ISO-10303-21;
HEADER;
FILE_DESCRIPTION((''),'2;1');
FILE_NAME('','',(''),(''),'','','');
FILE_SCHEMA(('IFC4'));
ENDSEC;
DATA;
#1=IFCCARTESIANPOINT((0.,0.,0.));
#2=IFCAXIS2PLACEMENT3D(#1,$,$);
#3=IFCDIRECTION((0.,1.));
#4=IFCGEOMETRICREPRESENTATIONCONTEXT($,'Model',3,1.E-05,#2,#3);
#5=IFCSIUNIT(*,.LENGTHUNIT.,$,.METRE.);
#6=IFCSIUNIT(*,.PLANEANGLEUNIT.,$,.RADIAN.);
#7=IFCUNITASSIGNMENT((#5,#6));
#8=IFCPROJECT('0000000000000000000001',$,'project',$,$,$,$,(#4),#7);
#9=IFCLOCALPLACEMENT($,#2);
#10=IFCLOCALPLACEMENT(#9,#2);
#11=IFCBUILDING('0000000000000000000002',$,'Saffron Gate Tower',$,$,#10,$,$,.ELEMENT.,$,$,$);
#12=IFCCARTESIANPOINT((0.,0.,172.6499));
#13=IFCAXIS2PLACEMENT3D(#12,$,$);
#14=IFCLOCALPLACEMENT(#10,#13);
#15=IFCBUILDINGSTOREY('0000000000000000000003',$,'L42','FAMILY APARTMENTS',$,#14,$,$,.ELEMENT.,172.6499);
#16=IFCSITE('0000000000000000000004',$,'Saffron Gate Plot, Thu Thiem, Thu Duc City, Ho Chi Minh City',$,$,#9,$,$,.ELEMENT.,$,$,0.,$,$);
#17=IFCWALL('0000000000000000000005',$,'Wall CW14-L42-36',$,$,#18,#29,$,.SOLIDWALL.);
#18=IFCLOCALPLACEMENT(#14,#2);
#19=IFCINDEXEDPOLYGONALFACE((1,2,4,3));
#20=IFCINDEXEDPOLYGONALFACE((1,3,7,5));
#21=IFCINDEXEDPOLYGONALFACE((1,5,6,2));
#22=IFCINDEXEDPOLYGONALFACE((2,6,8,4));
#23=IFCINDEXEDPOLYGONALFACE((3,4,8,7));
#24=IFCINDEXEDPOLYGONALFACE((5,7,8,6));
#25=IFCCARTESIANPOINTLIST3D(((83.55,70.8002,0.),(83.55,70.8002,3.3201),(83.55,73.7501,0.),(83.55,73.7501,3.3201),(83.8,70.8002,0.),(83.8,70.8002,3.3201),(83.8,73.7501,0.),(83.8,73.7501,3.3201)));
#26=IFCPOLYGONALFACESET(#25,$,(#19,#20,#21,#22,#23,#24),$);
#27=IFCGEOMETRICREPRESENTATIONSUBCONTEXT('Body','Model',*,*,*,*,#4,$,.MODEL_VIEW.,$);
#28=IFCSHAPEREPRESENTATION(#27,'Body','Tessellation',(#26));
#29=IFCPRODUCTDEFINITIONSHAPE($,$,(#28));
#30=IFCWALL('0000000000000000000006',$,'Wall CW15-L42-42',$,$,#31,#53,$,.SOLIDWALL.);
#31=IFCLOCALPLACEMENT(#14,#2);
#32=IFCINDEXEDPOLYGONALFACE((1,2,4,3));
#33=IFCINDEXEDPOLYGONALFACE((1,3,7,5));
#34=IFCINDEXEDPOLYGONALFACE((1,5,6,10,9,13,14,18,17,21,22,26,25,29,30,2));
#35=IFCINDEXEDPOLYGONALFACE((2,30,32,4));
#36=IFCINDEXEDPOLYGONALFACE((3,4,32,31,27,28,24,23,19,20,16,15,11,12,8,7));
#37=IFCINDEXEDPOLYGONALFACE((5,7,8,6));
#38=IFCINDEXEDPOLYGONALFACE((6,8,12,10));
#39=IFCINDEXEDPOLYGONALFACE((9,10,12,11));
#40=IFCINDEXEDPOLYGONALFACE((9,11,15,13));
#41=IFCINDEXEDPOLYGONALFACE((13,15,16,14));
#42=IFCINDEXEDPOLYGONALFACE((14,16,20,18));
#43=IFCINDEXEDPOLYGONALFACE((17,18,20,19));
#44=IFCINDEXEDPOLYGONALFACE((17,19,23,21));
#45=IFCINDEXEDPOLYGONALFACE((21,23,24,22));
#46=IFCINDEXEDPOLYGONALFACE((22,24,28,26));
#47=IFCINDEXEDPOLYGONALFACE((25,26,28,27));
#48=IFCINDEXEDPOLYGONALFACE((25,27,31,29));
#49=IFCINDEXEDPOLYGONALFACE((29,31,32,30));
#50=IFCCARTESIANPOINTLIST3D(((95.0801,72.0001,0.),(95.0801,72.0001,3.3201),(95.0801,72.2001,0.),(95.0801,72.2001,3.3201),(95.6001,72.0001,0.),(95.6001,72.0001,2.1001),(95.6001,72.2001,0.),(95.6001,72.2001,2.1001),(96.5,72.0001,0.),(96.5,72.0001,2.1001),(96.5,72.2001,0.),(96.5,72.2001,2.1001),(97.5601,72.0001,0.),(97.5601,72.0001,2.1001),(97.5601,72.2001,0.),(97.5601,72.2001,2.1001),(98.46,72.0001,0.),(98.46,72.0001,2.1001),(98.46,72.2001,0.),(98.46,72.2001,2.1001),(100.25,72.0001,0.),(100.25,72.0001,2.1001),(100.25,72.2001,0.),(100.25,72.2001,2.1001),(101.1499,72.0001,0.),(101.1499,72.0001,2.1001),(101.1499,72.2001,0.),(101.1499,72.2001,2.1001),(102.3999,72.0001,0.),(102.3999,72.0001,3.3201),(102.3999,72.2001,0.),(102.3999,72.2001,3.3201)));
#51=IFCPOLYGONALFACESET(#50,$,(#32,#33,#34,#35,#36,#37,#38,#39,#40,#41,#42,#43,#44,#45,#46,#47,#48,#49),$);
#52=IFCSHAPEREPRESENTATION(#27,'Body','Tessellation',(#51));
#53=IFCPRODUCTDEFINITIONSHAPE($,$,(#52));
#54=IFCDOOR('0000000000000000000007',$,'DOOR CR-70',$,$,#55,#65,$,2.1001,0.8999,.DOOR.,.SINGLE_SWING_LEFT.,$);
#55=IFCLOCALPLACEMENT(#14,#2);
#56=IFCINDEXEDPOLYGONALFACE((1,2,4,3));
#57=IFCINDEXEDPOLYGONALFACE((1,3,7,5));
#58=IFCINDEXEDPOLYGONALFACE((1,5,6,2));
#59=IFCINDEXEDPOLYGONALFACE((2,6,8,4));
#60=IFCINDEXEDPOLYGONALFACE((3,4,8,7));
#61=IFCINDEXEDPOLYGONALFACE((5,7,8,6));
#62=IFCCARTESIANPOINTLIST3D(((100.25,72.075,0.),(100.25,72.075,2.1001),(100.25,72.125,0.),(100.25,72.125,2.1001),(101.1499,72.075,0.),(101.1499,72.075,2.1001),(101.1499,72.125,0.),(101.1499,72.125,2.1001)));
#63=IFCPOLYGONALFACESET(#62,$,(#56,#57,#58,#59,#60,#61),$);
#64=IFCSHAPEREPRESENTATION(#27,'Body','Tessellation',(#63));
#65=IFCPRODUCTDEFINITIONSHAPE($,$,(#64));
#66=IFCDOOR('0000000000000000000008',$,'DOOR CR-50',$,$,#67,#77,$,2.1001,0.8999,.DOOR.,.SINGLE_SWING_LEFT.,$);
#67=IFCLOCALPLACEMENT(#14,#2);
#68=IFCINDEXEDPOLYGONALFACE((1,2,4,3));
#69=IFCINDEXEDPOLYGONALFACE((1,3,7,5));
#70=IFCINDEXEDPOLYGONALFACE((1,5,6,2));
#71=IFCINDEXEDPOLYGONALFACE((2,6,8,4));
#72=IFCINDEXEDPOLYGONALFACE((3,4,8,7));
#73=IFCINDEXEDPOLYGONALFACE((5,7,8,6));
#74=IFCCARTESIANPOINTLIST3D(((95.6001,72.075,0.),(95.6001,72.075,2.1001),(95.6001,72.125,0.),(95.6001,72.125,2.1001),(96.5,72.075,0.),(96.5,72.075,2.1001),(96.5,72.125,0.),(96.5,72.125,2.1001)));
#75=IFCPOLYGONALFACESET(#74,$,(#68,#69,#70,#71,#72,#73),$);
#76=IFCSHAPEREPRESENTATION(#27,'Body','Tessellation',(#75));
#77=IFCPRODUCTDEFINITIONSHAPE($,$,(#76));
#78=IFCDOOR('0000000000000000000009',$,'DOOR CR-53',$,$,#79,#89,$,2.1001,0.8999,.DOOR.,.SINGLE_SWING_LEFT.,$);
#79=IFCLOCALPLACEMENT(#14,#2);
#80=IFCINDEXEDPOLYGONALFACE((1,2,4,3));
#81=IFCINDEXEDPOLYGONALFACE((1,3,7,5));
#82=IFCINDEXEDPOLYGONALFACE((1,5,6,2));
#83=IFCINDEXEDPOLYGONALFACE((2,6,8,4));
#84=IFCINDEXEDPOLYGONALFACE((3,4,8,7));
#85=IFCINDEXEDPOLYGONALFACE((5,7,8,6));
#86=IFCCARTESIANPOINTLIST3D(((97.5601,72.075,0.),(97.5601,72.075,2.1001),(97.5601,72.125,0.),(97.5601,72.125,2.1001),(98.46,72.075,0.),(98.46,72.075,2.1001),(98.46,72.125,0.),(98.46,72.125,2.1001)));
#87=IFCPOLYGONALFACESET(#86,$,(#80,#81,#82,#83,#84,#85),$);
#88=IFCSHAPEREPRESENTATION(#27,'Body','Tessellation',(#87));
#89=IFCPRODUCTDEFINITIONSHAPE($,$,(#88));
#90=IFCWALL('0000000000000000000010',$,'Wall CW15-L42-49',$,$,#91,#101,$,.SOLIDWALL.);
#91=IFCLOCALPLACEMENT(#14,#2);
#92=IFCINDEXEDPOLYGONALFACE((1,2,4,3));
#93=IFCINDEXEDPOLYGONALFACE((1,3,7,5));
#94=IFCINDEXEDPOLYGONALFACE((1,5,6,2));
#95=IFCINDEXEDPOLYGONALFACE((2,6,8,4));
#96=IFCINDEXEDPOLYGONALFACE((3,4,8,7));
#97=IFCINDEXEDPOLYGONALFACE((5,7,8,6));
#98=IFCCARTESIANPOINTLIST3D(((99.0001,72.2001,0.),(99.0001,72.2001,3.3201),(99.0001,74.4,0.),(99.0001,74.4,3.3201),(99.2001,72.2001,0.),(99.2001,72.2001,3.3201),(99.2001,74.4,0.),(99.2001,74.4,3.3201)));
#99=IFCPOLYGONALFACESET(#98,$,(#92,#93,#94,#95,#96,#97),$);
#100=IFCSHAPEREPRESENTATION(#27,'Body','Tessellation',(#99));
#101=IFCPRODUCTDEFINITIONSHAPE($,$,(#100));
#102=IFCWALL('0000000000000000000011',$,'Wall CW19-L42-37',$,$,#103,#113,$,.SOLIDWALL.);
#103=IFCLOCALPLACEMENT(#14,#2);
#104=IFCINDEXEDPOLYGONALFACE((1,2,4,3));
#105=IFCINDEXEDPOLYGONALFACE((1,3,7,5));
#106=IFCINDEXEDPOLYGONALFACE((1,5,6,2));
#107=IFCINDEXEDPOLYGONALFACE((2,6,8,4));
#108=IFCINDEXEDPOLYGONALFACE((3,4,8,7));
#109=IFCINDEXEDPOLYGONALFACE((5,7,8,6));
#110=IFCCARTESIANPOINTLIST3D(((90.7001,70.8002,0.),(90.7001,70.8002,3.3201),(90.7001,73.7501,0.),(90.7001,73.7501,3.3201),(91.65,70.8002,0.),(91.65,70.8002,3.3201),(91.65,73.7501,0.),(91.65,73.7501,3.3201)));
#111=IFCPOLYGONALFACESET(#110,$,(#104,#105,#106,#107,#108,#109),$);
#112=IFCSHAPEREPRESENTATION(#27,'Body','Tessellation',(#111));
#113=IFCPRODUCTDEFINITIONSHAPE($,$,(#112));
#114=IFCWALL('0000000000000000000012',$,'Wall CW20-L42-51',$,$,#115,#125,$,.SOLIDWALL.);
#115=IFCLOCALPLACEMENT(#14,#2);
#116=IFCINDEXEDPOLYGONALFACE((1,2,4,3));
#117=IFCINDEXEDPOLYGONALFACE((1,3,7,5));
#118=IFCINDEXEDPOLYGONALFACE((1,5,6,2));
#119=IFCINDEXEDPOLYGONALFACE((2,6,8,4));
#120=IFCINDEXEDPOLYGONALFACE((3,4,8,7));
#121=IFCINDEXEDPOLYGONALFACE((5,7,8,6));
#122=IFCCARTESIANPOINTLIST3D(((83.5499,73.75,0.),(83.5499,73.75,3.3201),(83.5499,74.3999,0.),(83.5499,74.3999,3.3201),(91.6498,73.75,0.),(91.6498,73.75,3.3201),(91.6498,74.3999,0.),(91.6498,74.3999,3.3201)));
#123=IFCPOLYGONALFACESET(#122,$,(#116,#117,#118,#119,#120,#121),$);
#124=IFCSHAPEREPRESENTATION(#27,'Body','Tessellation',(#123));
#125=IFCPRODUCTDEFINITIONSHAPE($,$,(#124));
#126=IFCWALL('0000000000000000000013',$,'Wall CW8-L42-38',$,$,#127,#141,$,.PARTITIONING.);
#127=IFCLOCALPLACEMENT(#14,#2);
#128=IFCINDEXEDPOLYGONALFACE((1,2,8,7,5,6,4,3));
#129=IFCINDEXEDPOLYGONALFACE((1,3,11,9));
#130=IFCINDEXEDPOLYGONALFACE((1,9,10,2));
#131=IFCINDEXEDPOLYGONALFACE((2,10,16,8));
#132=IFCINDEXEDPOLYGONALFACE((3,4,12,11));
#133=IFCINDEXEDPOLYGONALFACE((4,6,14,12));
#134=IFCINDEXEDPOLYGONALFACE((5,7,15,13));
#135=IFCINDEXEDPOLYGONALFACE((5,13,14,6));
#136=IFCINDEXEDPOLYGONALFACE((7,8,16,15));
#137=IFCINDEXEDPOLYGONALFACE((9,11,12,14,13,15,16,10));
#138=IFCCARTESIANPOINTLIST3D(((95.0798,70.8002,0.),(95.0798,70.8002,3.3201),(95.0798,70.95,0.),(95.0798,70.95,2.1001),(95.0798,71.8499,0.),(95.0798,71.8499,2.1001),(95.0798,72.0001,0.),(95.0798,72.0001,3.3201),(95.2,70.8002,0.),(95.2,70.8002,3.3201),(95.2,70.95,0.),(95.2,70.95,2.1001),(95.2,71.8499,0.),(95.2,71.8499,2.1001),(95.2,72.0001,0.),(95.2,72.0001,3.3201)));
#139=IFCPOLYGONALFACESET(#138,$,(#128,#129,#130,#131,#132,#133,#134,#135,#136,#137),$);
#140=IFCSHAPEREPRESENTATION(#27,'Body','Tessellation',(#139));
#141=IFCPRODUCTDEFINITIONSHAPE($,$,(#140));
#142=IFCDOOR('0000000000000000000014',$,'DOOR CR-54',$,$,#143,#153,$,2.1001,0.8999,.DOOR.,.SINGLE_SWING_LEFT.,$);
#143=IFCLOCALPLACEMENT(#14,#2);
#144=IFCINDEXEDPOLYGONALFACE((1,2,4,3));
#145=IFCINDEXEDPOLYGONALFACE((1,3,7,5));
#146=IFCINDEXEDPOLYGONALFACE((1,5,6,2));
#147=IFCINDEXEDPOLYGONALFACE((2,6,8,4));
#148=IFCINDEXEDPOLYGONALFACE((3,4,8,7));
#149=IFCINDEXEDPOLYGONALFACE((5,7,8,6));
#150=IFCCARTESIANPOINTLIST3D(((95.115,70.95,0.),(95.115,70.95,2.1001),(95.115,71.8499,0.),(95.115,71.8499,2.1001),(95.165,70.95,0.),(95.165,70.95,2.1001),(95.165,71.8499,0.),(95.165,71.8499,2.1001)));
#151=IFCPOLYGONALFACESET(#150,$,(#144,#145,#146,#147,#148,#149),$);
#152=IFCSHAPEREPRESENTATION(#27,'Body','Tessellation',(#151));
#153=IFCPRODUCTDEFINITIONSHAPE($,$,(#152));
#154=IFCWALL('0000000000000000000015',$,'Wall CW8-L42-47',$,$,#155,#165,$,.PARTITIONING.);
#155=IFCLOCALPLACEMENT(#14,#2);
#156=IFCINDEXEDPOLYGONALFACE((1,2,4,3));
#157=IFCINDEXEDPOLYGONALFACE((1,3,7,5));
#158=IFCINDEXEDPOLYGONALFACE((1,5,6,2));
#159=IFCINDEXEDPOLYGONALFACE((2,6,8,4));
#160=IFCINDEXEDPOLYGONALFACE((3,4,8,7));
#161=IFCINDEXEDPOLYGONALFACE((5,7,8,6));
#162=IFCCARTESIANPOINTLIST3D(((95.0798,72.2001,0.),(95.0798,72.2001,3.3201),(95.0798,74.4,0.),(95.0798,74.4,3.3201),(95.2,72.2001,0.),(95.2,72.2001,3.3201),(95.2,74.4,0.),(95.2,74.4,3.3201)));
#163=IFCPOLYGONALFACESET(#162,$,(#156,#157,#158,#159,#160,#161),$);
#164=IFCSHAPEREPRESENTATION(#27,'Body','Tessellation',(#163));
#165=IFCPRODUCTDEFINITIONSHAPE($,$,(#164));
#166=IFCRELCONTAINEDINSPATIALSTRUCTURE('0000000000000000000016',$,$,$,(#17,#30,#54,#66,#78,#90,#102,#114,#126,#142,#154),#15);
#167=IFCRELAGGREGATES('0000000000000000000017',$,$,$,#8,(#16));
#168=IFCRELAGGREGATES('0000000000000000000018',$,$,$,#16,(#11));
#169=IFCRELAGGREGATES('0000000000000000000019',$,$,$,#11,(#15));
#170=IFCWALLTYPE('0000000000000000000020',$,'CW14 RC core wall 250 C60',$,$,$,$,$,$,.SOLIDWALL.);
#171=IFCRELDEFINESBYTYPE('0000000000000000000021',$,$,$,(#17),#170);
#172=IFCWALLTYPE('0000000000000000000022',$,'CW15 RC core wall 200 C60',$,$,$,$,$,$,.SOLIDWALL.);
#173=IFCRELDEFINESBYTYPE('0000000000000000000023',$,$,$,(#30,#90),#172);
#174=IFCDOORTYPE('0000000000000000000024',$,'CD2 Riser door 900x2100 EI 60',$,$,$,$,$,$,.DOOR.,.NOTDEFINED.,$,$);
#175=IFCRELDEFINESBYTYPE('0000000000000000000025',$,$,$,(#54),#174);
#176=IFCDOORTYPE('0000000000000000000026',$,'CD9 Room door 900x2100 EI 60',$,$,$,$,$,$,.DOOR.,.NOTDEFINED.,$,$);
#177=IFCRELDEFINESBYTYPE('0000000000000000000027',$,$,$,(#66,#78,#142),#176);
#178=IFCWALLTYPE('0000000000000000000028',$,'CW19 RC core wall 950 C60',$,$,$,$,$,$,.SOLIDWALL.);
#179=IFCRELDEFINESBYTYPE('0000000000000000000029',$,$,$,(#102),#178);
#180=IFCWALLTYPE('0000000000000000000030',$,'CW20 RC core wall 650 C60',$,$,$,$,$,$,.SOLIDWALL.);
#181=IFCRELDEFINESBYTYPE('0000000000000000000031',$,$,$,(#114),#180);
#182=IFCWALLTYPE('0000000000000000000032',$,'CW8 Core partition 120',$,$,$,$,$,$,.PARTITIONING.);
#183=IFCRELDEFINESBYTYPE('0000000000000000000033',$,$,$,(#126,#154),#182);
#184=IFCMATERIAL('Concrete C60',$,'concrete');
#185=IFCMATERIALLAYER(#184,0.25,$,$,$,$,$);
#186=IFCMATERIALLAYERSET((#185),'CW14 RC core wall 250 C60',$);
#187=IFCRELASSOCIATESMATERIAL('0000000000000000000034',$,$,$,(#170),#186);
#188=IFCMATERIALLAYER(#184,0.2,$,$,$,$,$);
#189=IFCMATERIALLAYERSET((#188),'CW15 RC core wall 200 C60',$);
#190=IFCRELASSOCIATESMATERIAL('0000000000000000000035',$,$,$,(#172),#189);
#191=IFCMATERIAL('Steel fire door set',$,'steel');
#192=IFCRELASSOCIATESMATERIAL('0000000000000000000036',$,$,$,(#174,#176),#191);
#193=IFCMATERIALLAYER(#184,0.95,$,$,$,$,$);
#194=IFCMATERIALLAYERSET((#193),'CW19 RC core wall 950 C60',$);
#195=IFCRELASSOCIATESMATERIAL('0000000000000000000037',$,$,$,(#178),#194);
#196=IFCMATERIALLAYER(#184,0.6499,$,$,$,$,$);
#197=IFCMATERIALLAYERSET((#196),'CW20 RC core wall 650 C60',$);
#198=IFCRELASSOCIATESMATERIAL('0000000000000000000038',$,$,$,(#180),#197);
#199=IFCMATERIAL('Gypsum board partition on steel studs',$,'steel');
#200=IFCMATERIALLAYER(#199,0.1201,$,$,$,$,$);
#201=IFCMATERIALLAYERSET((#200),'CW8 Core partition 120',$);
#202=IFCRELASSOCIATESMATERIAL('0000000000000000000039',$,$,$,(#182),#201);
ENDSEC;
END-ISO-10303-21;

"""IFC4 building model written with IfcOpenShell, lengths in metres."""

from ifc_helpers import new_model, si_unit, direction, frame, frame_2d, origin, place, context, subcontext, project, spatial, rectangle, extrude, material, layer, layer_set, type_object, element, fill, save


model = new_model("IFC4")

# Units and contexts
model_context = context("Model", 3, precision=1e-05, world=origin(), true_north=direction((0.0, 1.0)))
body_context = subcontext(model_context, "Body", "Model", "MODEL_VIEW")
ifc_project = project(units=[si_unit("LENGTHUNIT", "METRE"), si_unit("PLANEANGLEUNIT", "RADIAN")], contexts=[model_context])

# Site, building, storey
site_placement = place(None, origin())
site = spatial("IfcSite", under=ifc_project, at=site_placement, Name="Saffron Gate Plot, Thu Thiem, Thu Duc City, Ho Chi Minh City", CompositionType="ELEMENT", RefElevation=0.0)
building_placement = place(site_placement, origin())
building = spatial("IfcBuilding", under=site, at=building_placement, Name="Saffron Gate Tower", CompositionType="ELEMENT")
storey_placement = place(building_placement, frame((0.0, 0.0, 172.6499)))
storey = spatial("IfcBuildingStorey", under=building, at=storey_placement, Name="L42", Description="FAMILY APARTMENTS", CompositionType="ELEMENT", Elevation=172.6499)

# Wall
ifc_material_1 = material(Name="Concrete C60", Category="concrete")
ifc_layer_1 = layer(ifc_material_1, 0.25)
ifc_layer_set_1 = layer_set([ifc_layer_1], Name="CW14 RC core wall 250 C60")
wall_type_1 = type_object("IfcWallType", Name="CW14 RC core wall 250 C60", PredefinedType="SOLIDWALL", material=ifc_layer_set_1)
wall_1_placement = place(storey_placement, frame((83.675, 70.8, 0.0), z_axis=(0.0, 0.0, 1.0), x_axis=(0.0, 1.0, 0.0)))
element("IfcWall", 1, at=wall_1_placement, inside=storey, type_object=wall_type_1, Name="Wall CW14-L42-36", PredefinedType="SOLIDWALL", context=body_context, shape_type="SweptSolid", body=[
    extrude(rectangle(XDim=2.95, YDim=0.25, at=frame_2d((1.4751, 0.0))), origin(), (0.0, 0.0, 1.0), 3.3201),
])

# Wall, openings, doors
ifc_layer_2 = layer(ifc_material_1, 0.2)
ifc_layer_set_2 = layer_set([ifc_layer_2], Name="CW15 RC core wall 200 C60")
wall_type_2 = type_object("IfcWallType", Name="CW15 RC core wall 200 C60", PredefinedType="SOLIDWALL", material=ifc_layer_set_2)
wall_2_placement = place(storey_placement, frame((95.0801, 72.1001, 0.0), z_axis=(0.0, 0.0, 1.0), x_axis=(1.0, 0.0, 0.0)))
wall_2 = element("IfcWall", 2, at=wall_2_placement, inside=storey, type_object=wall_type_2, Name="Wall CW15-L42-42", PredefinedType="SOLIDWALL", context=body_context, shape_type="SweptSolid", body=[
    extrude(rectangle(XDim=7.3198, YDim=0.2, at=frame_2d((3.6599, 0.0))), origin(), (0.0, 0.0, 1.0), 3.3201),
])
opening_1_placement = place(wall_2_placement, frame((0.52, 0.0, 0.0)))
opening_1 = element("IfcOpeningElement", 3, at=opening_1_placement, cuts=wall_2, PredefinedType="OPENING", context=body_context, shape_type="SweptSolid", body=[
    extrude(rectangle(XDim=0.8999, YDim=2.1001, at=frame_2d((0.45, 1.05))), frame((0.0, 0.1099, 0.0), z_axis=(0.0, -1.0, 0.0), x_axis=(1.0, 0.0, 0.0)), (0.0, 0.0, 1.0), 0.22),
])
opening_2_placement = place(wall_2_placement, frame((2.48, 0.0, 0.0)))
opening_2 = element("IfcOpeningElement", 4, at=opening_2_placement, cuts=wall_2, PredefinedType="OPENING", context=body_context, shape_type="SweptSolid", body=[
    extrude(rectangle(XDim=0.8999, YDim=2.1001, at=frame_2d((0.45, 1.05))), frame((0.0, 0.1099, 0.0), z_axis=(0.0, -1.0, 0.0), x_axis=(1.0, 0.0, 0.0)), (0.0, 0.0, 1.0), 0.22),
])
opening_3_placement = place(wall_2_placement, frame((5.1699, 0.0, 0.0)))
opening_3 = element("IfcOpeningElement", 5, at=opening_3_placement, cuts=wall_2, PredefinedType="OPENING", context=body_context, shape_type="SweptSolid", body=[
    extrude(rectangle(XDim=0.8999, YDim=2.1001, at=frame_2d((0.45, 1.05))), frame((0.0, 0.1099, 0.0), z_axis=(0.0, -1.0, 0.0), x_axis=(1.0, 0.0, 0.0)), (0.0, 0.0, 1.0), 0.22),
])
ifc_material_2 = material(Name="Steel fire door set", Category="steel")
door_type_1 = type_object("IfcDoorType", Name="CD2 Riser door 900x2100 EI 60", OperationType="NOTDEFINED", PredefinedType="DOOR", material=ifc_material_2)
door_1_placement = place(opening_3_placement, origin())
door_1 = element("IfcDoor", 6, at=door_1_placement, inside=storey, type_object=door_type_1, Name="DOOR CR-70", OperationType="SINGLE_SWING_LEFT", OverallHeight=2.1001, OverallWidth=0.8999, PredefinedType="DOOR", context=body_context, shape_type="SweptSolid", body=[
    extrude(rectangle(XDim=0.8999, YDim=2.1001, at=frame_2d((0.45, 1.05))), frame((0.0, 0.0249, 0.0), z_axis=(0.0, -1.0, 0.0), x_axis=(1.0, 0.0, 0.0)), (0.0, 0.0, 1.0), 0.05),
])
fill(opening_3, door_1)
door_type_2 = type_object("IfcDoorType", Name="CD9 Room door 900x2100 EI 60", OperationType="NOTDEFINED", PredefinedType="DOOR", material=ifc_material_2)
door_2_placement = place(opening_1_placement, origin())
door_2 = element("IfcDoor", 7, at=door_2_placement, inside=storey, type_object=door_type_2, Name="DOOR CR-50", OperationType="SINGLE_SWING_LEFT", OverallHeight=2.1001, OverallWidth=0.8999, PredefinedType="DOOR", context=body_context, shape_type="SweptSolid", body=[
    extrude(rectangle(XDim=0.8999, YDim=2.1001, at=frame_2d((0.45, 1.05))), frame((0.0, 0.0249, 0.0), z_axis=(0.0, -1.0, 0.0), x_axis=(1.0, 0.0, 0.0)), (0.0, 0.0, 1.0), 0.05),
])
fill(opening_1, door_2)
door_3_placement = place(opening_2_placement, origin())
door_3 = element("IfcDoor", 8, at=door_3_placement, inside=storey, type_object=door_type_2, Name="DOOR CR-53", OperationType="SINGLE_SWING_LEFT", OverallHeight=2.1001, OverallWidth=0.8999, PredefinedType="DOOR", context=body_context, shape_type="SweptSolid", body=[
    extrude(rectangle(XDim=0.8999, YDim=2.1001, at=frame_2d((0.45, 1.05))), frame((0.0, 0.0249, 0.0), z_axis=(0.0, -1.0, 0.0), x_axis=(1.0, 0.0, 0.0)), (0.0, 0.0, 1.0), 0.05),
])
fill(opening_2, door_3)

# Walls
wall_3_placement = place(storey_placement, frame((99.1001, 72.2, 0.0), z_axis=(0.0, 0.0, 1.0), x_axis=(0.0, 1.0, 0.0)))
element("IfcWall", 9, at=wall_3_placement, inside=storey, type_object=wall_type_2, Name="Wall CW15-L42-49", PredefinedType="SOLIDWALL", context=body_context, shape_type="SweptSolid", body=[
    extrude(rectangle(XDim=2.2, YDim=0.2, at=frame_2d((1.1001, 0.0))), origin(), (0.0, 0.0, 1.0), 3.3201),
])
ifc_layer_3 = layer(ifc_material_1, 0.95)
ifc_layer_set_3 = layer_set([ifc_layer_3], Name="CW19 RC core wall 950 C60")
wall_type_3 = type_object("IfcWallType", Name="CW19 RC core wall 950 C60", PredefinedType="SOLIDWALL", material=ifc_layer_set_3)
wall_4_placement = place(storey_placement, frame((91.175, 70.8, 0.0), z_axis=(0.0, 0.0, 1.0), x_axis=(0.0, 1.0, 0.0)))
element("IfcWall", 10, at=wall_4_placement, inside=storey, type_object=wall_type_3, Name="Wall CW19-L42-37", PredefinedType="SOLIDWALL", context=body_context, shape_type="SweptSolid", body=[
    extrude(rectangle(XDim=2.95, YDim=0.95, at=frame_2d((1.4751, 0.0))), origin(), (0.0, 0.0, 1.0), 3.3201),
])
ifc_layer_4 = layer(ifc_material_1, 0.6499)
ifc_layer_set_4 = layer_set([ifc_layer_4], Name="CW20 RC core wall 650 C60")
wall_type_4 = type_object("IfcWallType", Name="CW20 RC core wall 650 C60", PredefinedType="SOLIDWALL", material=ifc_layer_set_4)
wall_5_placement = place(storey_placement, frame((83.55, 74.075, 0.0), z_axis=(0.0, 0.0, 1.0), x_axis=(1.0, 0.0, 0.0)))
element("IfcWall", 11, at=wall_5_placement, inside=storey, type_object=wall_type_4, Name="Wall CW20-L42-51", PredefinedType="SOLIDWALL", context=body_context, shape_type="SweptSolid", body=[
    extrude(rectangle(XDim=8.0999, YDim=0.6499, at=frame_2d((4.0498, 0.0))), origin(), (0.0, 0.0, 1.0), 3.3201),
])

# Wall, opening, door
ifc_material_3 = material(Name="Gypsum board partition on steel studs", Category="steel")
ifc_layer_5 = layer(ifc_material_3, 0.1201)
ifc_layer_set_5 = layer_set([ifc_layer_5], Name="CW8 Core partition 120")
wall_type_5 = type_object("IfcWallType", Name="CW8 Core partition 120", PredefinedType="PARTITIONING", material=ifc_layer_set_5)
wall_6_placement = place(storey_placement, frame((95.1399, 70.8, 0.0), z_axis=(0.0, 0.0, 1.0), x_axis=(0.0, 1.0, 0.0)))
wall_6 = element("IfcWall", 12, at=wall_6_placement, inside=storey, type_object=wall_type_5, Name="Wall CW8-L42-38", PredefinedType="PARTITIONING", context=body_context, shape_type="SweptSolid", body=[
    extrude(rectangle(XDim=1.2, YDim=0.1201, at=frame_2d((0.6001, 0.0))), origin(), (0.0, 0.0, 1.0), 3.3201),
])
opening_4_placement = place(wall_6_placement, frame((0.1499, 0.0, 0.0)))
opening_4 = element("IfcOpeningElement", 13, at=opening_4_placement, cuts=wall_6, PredefinedType="OPENING", context=body_context, shape_type="SweptSolid", body=[
    extrude(rectangle(XDim=0.8999, YDim=2.1001, at=frame_2d((0.45, 1.05))), frame((0.0, 0.0701, 0.0), z_axis=(0.0, -1.0, 0.0), x_axis=(1.0, 0.0, 0.0)), (0.0, 0.0, 1.0), 0.1401),
])
door_4_placement = place(opening_4_placement, origin())
door_4 = element("IfcDoor", 14, at=door_4_placement, inside=storey, type_object=door_type_2, Name="DOOR CR-54", OperationType="SINGLE_SWING_LEFT", OverallHeight=2.1001, OverallWidth=0.8999, PredefinedType="DOOR", context=body_context, shape_type="SweptSolid", body=[
    extrude(rectangle(XDim=0.8999, YDim=2.1001, at=frame_2d((0.45, 1.05))), frame((0.0, 0.0249, 0.0), z_axis=(0.0, -1.0, 0.0), x_axis=(1.0, 0.0, 0.0)), (0.0, 0.0, 1.0), 0.05),
])
fill(opening_4, door_4)

# Wall
for number, where, z_axis, x_axis, name in (
    (15, (95.1399, 72.2, 0.0), (0.0, 0.0, 1.0), (0.0, 1.0, 0.0), "Wall CW8-L42-47"),
):
    element("IfcWall", number, at=place(storey_placement, frame(where, z_axis=z_axis, x_axis=x_axis)), inside=storey, type_object=wall_type_5, Name=name, PredefinedType="PARTITIONING", context=body_context, shape_type="SweptSolid", body=[
        extrude(rectangle(XDim=2.2, YDim=0.1201, at=frame_2d((1.1001, 0.0))), origin(), (0.0, 0.0, 1.0), 3.3201),
    ])

save(model, "model.ifc")
